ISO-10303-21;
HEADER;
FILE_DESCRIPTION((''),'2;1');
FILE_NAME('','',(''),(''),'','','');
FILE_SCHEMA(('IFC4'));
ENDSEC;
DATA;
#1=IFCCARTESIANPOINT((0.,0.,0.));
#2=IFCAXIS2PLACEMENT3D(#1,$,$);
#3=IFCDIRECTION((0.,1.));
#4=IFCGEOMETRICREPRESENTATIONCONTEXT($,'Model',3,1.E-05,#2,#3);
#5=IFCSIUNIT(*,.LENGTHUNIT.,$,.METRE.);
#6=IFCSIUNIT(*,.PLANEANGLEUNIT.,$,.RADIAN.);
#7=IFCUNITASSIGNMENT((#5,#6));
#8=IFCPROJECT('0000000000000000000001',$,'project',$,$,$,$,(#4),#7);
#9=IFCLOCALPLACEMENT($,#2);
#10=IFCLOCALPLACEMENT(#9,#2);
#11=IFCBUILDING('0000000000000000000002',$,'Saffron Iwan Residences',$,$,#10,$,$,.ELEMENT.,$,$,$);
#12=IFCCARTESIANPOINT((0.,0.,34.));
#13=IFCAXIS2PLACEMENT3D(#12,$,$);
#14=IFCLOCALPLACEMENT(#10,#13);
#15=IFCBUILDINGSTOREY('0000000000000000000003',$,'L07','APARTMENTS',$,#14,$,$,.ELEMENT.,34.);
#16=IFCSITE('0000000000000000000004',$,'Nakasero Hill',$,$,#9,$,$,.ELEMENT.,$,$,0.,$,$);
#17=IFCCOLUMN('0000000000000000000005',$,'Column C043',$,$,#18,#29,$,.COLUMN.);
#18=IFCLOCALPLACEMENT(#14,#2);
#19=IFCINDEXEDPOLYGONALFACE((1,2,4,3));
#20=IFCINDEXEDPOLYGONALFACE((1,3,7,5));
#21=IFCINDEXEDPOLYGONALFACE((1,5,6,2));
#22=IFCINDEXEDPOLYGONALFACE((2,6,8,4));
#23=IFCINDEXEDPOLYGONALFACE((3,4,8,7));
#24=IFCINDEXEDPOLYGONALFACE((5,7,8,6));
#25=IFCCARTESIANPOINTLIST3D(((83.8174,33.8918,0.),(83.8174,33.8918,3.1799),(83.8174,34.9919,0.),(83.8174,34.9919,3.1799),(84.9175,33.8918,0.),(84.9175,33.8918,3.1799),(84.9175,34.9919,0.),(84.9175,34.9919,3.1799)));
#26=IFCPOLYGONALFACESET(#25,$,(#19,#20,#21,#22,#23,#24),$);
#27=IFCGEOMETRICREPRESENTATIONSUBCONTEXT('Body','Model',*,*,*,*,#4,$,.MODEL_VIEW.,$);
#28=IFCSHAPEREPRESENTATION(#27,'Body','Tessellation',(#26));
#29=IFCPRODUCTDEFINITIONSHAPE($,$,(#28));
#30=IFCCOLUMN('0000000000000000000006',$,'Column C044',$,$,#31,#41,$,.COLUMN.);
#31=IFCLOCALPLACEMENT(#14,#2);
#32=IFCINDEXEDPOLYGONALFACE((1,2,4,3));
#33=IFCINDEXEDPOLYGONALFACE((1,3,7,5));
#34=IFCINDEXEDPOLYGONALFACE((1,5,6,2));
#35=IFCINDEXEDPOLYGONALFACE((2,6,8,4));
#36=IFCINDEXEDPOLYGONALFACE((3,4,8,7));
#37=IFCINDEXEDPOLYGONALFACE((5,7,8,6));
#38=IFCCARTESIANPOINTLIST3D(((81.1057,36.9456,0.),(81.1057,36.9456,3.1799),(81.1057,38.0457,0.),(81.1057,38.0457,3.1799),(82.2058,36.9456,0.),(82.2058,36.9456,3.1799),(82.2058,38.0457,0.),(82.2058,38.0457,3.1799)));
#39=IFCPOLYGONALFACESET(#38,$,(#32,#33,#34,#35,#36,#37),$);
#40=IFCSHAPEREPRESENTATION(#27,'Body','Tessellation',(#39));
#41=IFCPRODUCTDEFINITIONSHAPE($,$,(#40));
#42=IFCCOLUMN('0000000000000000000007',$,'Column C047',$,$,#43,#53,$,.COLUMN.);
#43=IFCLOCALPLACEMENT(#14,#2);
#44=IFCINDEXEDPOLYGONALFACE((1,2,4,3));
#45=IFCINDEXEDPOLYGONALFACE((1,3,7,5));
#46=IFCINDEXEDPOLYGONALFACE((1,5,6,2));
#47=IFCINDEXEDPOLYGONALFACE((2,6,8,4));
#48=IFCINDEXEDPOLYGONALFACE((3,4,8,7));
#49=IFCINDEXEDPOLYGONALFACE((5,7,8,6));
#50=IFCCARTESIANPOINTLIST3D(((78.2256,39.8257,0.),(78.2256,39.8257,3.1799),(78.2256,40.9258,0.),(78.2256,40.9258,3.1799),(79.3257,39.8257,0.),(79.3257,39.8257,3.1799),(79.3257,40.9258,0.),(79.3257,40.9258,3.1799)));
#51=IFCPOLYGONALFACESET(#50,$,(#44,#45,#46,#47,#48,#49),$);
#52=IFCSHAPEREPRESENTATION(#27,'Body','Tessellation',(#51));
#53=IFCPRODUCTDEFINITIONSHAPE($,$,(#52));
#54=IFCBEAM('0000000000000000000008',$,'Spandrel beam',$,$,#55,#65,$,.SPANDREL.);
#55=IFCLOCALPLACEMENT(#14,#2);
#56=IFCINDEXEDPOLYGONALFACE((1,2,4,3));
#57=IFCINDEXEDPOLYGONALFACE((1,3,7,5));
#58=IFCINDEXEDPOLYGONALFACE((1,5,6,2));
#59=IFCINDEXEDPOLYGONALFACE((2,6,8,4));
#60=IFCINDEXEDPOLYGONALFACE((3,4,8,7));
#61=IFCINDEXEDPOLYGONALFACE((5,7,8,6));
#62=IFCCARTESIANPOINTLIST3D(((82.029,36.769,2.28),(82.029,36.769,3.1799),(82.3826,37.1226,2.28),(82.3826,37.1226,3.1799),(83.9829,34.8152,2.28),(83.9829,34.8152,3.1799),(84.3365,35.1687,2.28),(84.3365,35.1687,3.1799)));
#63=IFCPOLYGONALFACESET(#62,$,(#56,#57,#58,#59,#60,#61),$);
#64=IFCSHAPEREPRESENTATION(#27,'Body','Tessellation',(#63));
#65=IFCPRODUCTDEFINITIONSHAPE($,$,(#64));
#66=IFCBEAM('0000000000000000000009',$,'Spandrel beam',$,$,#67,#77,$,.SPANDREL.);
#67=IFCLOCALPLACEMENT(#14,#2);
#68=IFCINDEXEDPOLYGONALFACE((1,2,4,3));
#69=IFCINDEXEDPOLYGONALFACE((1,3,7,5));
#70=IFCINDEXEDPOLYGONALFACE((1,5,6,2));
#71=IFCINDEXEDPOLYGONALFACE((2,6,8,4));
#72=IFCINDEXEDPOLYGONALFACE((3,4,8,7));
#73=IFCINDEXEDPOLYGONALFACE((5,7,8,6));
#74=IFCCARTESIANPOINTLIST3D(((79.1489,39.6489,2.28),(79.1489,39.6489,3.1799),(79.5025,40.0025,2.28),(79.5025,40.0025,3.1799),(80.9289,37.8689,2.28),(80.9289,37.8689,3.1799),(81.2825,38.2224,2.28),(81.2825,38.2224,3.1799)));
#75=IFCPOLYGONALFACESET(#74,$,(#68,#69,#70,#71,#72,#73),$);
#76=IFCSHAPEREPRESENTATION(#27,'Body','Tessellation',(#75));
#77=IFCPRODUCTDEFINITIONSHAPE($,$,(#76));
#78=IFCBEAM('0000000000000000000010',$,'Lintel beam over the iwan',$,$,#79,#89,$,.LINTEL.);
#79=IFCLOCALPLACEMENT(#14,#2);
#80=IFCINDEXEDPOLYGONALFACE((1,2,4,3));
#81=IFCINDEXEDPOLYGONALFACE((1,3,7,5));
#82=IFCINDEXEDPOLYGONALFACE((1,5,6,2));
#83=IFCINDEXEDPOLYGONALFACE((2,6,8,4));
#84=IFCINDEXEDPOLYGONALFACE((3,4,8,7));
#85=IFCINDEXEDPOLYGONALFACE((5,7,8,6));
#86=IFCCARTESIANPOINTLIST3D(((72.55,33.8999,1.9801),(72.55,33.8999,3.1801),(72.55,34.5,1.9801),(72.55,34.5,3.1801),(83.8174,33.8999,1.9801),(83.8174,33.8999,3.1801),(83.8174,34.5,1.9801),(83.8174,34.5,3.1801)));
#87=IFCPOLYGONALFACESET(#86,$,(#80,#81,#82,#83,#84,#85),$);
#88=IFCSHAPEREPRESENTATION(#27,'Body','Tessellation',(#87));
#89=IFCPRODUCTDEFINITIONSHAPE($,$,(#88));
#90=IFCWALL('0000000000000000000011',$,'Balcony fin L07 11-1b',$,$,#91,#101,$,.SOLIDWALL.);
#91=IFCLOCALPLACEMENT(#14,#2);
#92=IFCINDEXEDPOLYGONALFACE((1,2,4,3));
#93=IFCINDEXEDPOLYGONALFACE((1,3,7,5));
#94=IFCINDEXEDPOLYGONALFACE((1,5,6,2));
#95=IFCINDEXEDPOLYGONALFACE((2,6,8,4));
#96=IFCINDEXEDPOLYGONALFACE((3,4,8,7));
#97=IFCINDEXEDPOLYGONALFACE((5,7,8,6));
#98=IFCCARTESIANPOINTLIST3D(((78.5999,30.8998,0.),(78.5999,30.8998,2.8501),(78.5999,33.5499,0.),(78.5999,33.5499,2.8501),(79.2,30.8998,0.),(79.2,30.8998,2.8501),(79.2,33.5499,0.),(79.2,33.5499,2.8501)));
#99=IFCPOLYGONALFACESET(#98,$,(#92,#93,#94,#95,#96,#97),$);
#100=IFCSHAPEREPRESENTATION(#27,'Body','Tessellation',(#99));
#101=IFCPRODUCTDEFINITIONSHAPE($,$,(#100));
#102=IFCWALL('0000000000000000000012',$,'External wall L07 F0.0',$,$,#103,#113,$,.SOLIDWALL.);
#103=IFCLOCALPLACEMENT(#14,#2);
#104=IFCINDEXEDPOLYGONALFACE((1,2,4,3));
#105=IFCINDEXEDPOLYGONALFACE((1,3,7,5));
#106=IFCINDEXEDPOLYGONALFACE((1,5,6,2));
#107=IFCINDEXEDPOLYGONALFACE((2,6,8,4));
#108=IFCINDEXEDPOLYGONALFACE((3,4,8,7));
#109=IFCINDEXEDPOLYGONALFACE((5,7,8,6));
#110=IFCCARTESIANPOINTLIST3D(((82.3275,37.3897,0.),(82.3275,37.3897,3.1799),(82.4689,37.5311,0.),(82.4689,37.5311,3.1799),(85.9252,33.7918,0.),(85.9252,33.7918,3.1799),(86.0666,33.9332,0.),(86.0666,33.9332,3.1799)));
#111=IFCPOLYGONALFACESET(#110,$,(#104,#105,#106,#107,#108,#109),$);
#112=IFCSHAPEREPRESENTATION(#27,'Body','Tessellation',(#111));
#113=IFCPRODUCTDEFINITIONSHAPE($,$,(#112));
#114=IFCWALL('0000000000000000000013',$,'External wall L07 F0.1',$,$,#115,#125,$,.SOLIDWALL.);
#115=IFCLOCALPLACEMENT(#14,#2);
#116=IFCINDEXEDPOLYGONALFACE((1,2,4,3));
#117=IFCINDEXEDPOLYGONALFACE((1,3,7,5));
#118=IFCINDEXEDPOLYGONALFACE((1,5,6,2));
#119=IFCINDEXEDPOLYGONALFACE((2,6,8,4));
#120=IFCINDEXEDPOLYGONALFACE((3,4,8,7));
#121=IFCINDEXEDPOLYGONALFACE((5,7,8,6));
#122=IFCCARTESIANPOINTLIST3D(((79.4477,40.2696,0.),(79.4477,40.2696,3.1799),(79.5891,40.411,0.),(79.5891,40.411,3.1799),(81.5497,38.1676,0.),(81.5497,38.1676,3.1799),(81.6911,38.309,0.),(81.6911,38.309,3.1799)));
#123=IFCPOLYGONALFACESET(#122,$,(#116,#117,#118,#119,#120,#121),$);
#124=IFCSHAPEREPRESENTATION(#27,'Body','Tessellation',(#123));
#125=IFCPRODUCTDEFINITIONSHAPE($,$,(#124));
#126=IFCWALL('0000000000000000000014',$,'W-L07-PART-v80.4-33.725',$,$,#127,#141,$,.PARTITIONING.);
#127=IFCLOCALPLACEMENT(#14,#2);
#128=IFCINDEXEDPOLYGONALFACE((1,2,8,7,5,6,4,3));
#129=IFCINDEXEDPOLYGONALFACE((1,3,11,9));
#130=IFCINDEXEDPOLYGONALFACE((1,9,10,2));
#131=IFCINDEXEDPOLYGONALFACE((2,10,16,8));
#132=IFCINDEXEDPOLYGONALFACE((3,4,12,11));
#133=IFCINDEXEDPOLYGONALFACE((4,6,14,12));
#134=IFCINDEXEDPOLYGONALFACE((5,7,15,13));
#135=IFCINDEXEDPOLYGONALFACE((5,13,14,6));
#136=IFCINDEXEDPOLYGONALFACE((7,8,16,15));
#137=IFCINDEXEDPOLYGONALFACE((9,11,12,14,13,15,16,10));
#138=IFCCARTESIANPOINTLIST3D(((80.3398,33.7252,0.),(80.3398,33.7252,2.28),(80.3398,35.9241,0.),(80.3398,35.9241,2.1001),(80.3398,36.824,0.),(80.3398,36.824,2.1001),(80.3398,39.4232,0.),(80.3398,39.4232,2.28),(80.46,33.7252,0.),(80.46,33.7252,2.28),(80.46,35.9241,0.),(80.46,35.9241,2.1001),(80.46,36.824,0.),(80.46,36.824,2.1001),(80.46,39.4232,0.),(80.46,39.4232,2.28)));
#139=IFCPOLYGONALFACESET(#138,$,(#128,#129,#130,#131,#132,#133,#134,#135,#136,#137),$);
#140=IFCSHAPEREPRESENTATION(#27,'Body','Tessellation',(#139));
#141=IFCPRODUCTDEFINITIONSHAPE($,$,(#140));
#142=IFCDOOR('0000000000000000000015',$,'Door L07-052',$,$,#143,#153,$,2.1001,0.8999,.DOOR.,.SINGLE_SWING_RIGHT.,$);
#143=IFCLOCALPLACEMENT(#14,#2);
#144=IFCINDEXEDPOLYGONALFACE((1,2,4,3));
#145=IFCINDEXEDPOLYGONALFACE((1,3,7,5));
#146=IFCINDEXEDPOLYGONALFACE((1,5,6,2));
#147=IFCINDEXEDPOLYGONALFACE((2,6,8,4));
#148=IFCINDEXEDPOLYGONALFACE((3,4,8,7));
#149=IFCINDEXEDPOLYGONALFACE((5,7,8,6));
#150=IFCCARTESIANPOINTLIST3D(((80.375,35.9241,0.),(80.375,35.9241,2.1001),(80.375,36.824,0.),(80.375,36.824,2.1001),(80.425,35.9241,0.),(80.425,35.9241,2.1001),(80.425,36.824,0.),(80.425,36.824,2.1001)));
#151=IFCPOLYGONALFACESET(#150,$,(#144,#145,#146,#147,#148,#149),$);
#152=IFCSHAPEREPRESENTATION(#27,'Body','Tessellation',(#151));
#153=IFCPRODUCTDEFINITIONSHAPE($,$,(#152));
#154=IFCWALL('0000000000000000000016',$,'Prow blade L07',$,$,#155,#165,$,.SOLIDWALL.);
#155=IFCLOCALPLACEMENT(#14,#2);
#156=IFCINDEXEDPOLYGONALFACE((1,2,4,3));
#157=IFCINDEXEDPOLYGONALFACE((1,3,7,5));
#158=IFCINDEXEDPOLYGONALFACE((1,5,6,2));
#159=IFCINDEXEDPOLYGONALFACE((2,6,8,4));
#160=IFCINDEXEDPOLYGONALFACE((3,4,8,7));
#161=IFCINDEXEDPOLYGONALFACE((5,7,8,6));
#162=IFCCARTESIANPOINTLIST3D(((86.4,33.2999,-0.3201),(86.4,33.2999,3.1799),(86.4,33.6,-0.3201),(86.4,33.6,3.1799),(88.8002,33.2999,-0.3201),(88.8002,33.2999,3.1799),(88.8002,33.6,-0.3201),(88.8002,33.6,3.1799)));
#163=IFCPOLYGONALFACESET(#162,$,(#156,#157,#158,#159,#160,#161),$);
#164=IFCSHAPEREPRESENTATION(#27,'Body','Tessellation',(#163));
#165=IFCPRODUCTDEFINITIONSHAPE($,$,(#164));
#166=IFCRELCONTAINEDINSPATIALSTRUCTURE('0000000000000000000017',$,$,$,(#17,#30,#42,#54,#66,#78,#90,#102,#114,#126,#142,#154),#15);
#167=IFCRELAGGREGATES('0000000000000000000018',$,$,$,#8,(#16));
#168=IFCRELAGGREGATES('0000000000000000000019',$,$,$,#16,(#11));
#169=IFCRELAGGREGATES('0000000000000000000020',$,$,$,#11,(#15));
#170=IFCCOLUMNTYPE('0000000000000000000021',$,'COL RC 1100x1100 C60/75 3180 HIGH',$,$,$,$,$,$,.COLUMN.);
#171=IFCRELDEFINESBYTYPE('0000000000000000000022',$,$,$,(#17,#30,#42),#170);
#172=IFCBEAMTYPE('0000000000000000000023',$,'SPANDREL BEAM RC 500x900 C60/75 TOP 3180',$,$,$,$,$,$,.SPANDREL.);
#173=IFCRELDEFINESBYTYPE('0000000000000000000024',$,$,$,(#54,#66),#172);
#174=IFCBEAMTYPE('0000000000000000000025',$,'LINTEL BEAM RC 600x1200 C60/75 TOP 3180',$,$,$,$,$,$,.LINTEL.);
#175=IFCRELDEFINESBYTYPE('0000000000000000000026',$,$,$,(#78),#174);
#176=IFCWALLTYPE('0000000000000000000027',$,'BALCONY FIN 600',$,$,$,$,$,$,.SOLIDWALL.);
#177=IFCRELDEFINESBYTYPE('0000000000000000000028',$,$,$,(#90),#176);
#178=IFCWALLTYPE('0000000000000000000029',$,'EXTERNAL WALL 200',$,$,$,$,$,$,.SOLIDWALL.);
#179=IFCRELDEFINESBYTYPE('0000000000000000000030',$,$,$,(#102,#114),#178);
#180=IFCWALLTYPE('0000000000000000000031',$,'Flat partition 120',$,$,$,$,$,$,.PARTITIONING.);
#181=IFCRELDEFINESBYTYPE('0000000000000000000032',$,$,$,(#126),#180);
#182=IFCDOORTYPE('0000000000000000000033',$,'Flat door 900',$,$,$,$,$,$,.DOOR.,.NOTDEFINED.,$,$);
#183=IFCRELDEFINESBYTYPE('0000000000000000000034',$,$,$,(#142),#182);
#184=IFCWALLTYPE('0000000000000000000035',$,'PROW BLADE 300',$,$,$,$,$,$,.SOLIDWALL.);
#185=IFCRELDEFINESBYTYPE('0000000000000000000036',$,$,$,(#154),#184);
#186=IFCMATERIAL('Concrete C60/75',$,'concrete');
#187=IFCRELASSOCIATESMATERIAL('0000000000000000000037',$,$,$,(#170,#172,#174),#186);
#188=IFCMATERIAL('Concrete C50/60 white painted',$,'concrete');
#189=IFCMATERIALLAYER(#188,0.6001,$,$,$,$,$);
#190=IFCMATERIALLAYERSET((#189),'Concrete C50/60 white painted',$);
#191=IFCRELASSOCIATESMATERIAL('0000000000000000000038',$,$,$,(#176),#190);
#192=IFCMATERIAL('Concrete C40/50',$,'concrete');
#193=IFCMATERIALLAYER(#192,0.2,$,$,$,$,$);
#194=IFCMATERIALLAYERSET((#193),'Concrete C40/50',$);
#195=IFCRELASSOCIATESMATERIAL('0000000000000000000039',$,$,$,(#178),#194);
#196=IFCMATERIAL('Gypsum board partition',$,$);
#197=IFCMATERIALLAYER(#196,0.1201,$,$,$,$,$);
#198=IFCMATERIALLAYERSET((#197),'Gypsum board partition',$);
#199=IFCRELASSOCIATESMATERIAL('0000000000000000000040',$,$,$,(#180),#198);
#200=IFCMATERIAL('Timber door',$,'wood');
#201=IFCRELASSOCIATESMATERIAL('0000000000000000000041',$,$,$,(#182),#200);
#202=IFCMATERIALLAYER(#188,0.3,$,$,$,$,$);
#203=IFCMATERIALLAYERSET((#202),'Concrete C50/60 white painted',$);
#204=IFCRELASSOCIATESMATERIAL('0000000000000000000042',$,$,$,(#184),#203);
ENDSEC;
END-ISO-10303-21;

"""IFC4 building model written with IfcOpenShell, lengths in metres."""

from ifc_helpers import new_model, si_unit, direction, frame, frame_2d, origin, origin_2d, place, context, subcontext, project, spatial, rectangle, extrude, source, transform, mapped, material, layer, layer_set, material_profile, profile_set, type_object, element, fill, save


model = new_model("IFC4")

# Units and contexts
model_context = context("Model", 3, precision=1e-05, world=origin(), true_north=direction((0.0, 1.0)))
body_context = subcontext(model_context, "Body", "Model", "MODEL_VIEW")
ifc_project = project(units=[si_unit("LENGTHUNIT", "METRE"), si_unit("PLANEANGLEUNIT", "RADIAN")], contexts=[model_context])

# Site, building, storey
site_placement = place(None, origin())
site = spatial("IfcSite", under=ifc_project, at=site_placement, Name="Nakasero Hill", CompositionType="ELEMENT", RefElevation=0.0)
building_placement = place(site_placement, origin())
building = spatial("IfcBuilding", under=site, at=building_placement, Name="Saffron Iwan Residences", CompositionType="ELEMENT")
storey_placement = place(building_placement, frame((0.0, 0.0, 34.0)))
storey = spatial("IfcBuildingStorey", under=building, at=storey_placement, Name="L07", Description="APARTMENTS", CompositionType="ELEMENT", Elevation=34.0)

# Columns
ifc_material_1 = material(Name="Concrete C60/75", Category="concrete")
ifc_material_profile_1 = material_profile(ifc_material_1, rectangle(XDim=1.1001, YDim=1.1001, at=origin_2d()), Name="RC 1100x1100")
ifc_profile_set_1 = profile_set([ifc_material_profile_1], Name="Concrete C60/75")
column_type = type_object("IfcColumnType", Name="COL RC 1100x1100 C60/75 3180 HIGH", PredefinedType="COLUMN", material=ifc_profile_set_1)
shared_shape_1 = source(origin(), body_context, "Body", "SweptSolid", [
    extrude(rectangle(XDim=1.1001, YDim=1.1001, at=origin_2d()), origin(), (0.0, 0.0, 1.0), 3.1799),
])
for number, where, z_axis, x_axis, name in (
    (1, (84.3674, 34.4419, 0.0), (0.0, 0.0, 1.0), (1.0, 0.0, 0.0), "Column C043"),
    (2, (81.6558, 37.4956, 0.0), (0.0, 0.0, 1.0), (1.0, 0.0, 0.0), "Column C044"),
    (3, (78.7756, 40.3757, 0.0), (0.0, 0.0, 1.0), (1.0, 0.0, 0.0), "Column C047"),
):
    element("IfcColumn", number, at=place(storey_placement, frame(where, z_axis=z_axis, x_axis=x_axis)), inside=storey, type_object=column_type, Name=name, PredefinedType="COLUMN", context=body_context, shape_type="MappedRepresentation", body=[
        mapped(shared_shape_1, transform((0.0, 0.0, 0.0))),
    ])

# Beams
ifc_material_profile_2 = material_profile(ifc_material_1, rectangle(XDim=0.5, YDim=0.8999, at=origin_2d()), Name="RC 500x900")
ifc_profile_set_2 = profile_set([ifc_material_profile_2], Name="Concrete C60/75")
beam_type_1 = type_object("IfcBeamType", Name="SPANDREL BEAM RC 500x900 C60/75 TOP 3180", PredefinedType="SPANDREL", material=ifc_profile_set_2)
shared_shape_2 = source(origin(), body_context, "Body", "SweptSolid", [
    extrude(rectangle(XDim=0.5, YDim=0.8999, at=origin_2d()), origin(), (0.0, 0.0, 1.0), 2.7632),
])
beam_1_placement = place(storey_placement, frame((82.2058, 36.9458, 2.73), z_axis=(0.707107, -0.707107, 0.0), x_axis=(0.707107, 0.707107, 0.0)))
element("IfcBeam", 4, at=beam_1_placement, inside=storey, type_object=beam_type_1, Name="Spandrel beam", PredefinedType="SPANDREL", context=body_context, shape_type="MappedRepresentation", body=[
    mapped(shared_shape_2, transform((0.0, 0.0, 0.0))),
])
shared_shape_3 = source(origin(), body_context, "Body", "SweptSolid", [
    extrude(rectangle(XDim=0.5, YDim=0.8999, at=origin_2d()), origin(), (0.0, 0.0, 1.0), 2.5173),
])
beam_2_placement = place(storey_placement, frame((79.3257, 39.8257, 2.73), z_axis=(0.707107, -0.707107, 0.0), x_axis=(0.707107, 0.707107, 0.0)))
element("IfcBeam", 5, at=beam_2_placement, inside=storey, type_object=beam_type_1, Name="Spandrel beam", PredefinedType="SPANDREL", context=body_context, shape_type="MappedRepresentation", body=[
    mapped(shared_shape_3, transform((0.0, 0.0, 0.0))),
])
ifc_material_profile_3 = material_profile(ifc_material_1, rectangle(XDim=0.6001, YDim=1.2, at=origin_2d()), Name="RC 600x1200")
ifc_profile_set_3 = profile_set([ifc_material_profile_3], Name="Concrete C60/75")
beam_type_2 = type_object("IfcBeamType", Name="LINTEL BEAM RC 600x1200 C60/75 TOP 3180", PredefinedType="LINTEL", material=ifc_profile_set_3)
shared_shape_4 = source(origin(), body_context, "Body", "SweptSolid", [
    extrude(rectangle(XDim=0.6001, YDim=1.2, at=origin_2d()), origin(), (0.0, 0.0, 1.0), 11.2673),
])
beam_3_placement = place(storey_placement, frame((83.8174, 34.2, 2.5801), z_axis=(-1.0, 0.0, 0.0), x_axis=(0.0, -1.0, 0.0)))
element("IfcBeam", 6, at=beam_3_placement, inside=storey, type_object=beam_type_2, Name="Lintel beam over the iwan", PredefinedType="LINTEL", context=body_context, shape_type="MappedRepresentation", body=[
    mapped(shared_shape_4, transform((0.0, 0.0, 0.0))),
])

# Walls
ifc_material_2 = material(Name="Concrete C50/60 white painted", Category="concrete")
ifc_layer_1 = layer(ifc_material_2, 0.6001)
ifc_layer_set_1 = layer_set([ifc_layer_1], Name="Concrete C50/60 white painted")
wall_type_1 = type_object("IfcWallType", Name="BALCONY FIN 600", PredefinedType="SOLIDWALL", material=ifc_layer_set_1)
wall_1_placement = place(storey_placement, frame((78.8999, 33.55, 0.0), z_axis=(0.0, 0.0, 1.0), x_axis=(0.0, -1.0, 0.0)))
element("IfcWall", 7, at=wall_1_placement, inside=storey, type_object=wall_type_1, Name="Balcony fin L07 11-1b", PredefinedType="SOLIDWALL", context=body_context, shape_type="SweptSolid", body=[
    extrude(rectangle(XDim=2.6501, YDim=0.6001, at=frame_2d((1.3252, 0.0))), origin(), (0.0, 0.0, 1.0), 2.8501),
])
ifc_material_3 = material(Name="Concrete C40/50", Category="concrete")
ifc_layer_2 = layer(ifc_material_3, 0.2)
ifc_layer_set_2 = layer_set([ifc_layer_2], Name="Concrete C40/50")
wall_type_2 = type_object("IfcWallType", Name="EXTERNAL WALL 200", PredefinedType="SOLIDWALL", material=ifc_layer_set_2)
wall_2_placement = place(storey_placement, frame((85.9958, 33.8625, 0.0), z_axis=(0.0, 0.0, 1.0), x_axis=(-0.707083, 0.707131, 0.0)))
element("IfcWall", 8, at=wall_2_placement, inside=storey, type_object=wall_type_2, Name="External wall L07 F0.0", PredefinedType="SOLIDWALL", context=body_context, shape_type="SweptSolid", body=[
    extrude(rectangle(XDim=5.0881, YDim=0.2, at=frame_2d((2.5439, 0.0))), origin(), (0.0, 0.0, 1.0), 3.1799),
])
wall_3_placement = place(storey_placement, frame((81.6204, 38.2383, 0.0), z_axis=(0.0, 0.0, 1.0), x_axis=(-0.707107, 0.707107, 0.0)))
element("IfcWall", 9, at=wall_3_placement, inside=storey, type_object=wall_type_2, Name="External wall L07 F0.1", PredefinedType="SOLIDWALL", context=body_context, shape_type="SweptSolid", body=[
    extrude(rectangle(XDim=2.9727, YDim=0.2, at=frame_2d((1.4863, 0.0))), origin(), (0.0, 0.0, 1.0), 3.1799),
])

# Wall, opening, door
ifc_material_4 = material(Name="Gypsum board partition")
ifc_layer_3 = layer(ifc_material_4, 0.1201)
ifc_layer_set_3 = layer_set([ifc_layer_3], Name="Gypsum board partition")
wall_type_3 = type_object("IfcWallType", Name="Flat partition 120", PredefinedType="PARTITIONING", material=ifc_layer_set_3)
wall_4_placement = place(storey_placement, frame((80.3999, 33.7251, 0.0), z_axis=(0.0, 0.0, 1.0), x_axis=(0.0, 1.0, 0.0)))
wall_4 = element("IfcWall", 10, at=wall_4_placement, inside=storey, type_object=wall_type_3, Name="W-L07-PART-v80.4-33.725", PredefinedType="PARTITIONING", context=body_context, shape_type="SweptSolid", body=[
    extrude(rectangle(XDim=5.698, YDim=0.1201, at=frame_2d((2.8491, 0.0))), origin(), (0.0, 0.0, 1.0), 2.28),
])
opening_placement = place(wall_4_placement, frame((2.199, 0.0, 0.0)))
opening = element("IfcOpeningElement", 11, at=opening_placement, cuts=wall_4, PredefinedType="OPENING", context=body_context, shape_type="SweptSolid", body=[
    extrude(rectangle(XDim=0.8999, YDim=2.1001, at=frame_2d((0.45, 1.05))), frame((0.0, 0.0701, 0.0), z_axis=(0.0, -1.0, 0.0), x_axis=(1.0, 0.0, 0.0)), (0.0, 0.0, 1.0), 0.1401),
])
ifc_material_5 = material(Name="Timber door", Category="wood")
door_type = type_object("IfcDoorType", Name="Flat door 900", OperationType="NOTDEFINED", PredefinedType="DOOR", material=ifc_material_5)
door_placement = place(opening_placement, origin())
door = element("IfcDoor", 12, at=door_placement, inside=storey, type_object=door_type, Name="Door L07-052", OperationType="SINGLE_SWING_RIGHT", OverallHeight=2.1001, OverallWidth=0.8999, PredefinedType="DOOR", context=body_context, shape_type="SweptSolid", body=[
    extrude(rectangle(XDim=0.8999, YDim=2.1001, at=frame_2d((0.45, 1.05))), frame((0.0, 0.0249, 0.0), z_axis=(0.0, -1.0, 0.0), x_axis=(1.0, 0.0, 0.0)), (0.0, 0.0, 1.0), 0.05),
])
fill(opening, door)

# Wall
ifc_layer_4 = layer(ifc_material_2, 0.3)
ifc_layer_set_4 = layer_set([ifc_layer_4], Name="Concrete C50/60 white painted")
wall_type_4 = type_object("IfcWallType", Name="PROW BLADE 300", PredefinedType="SOLIDWALL", material=ifc_layer_set_4)
wall_5_placement = place(storey_placement, frame((86.3999, 33.45, -0.3201), z_axis=(0.0, 0.0, 1.0), x_axis=(1.0, 0.0, 0.0)))
element("IfcWall", 13, at=wall_5_placement, inside=storey, type_object=wall_type_4, Name="Prow blade L07", PredefinedType="SOLIDWALL", context=body_context, shape_type="SweptSolid", body=[
    extrude(rectangle(XDim=2.4001, YDim=0.3, at=frame_2d((1.2002, 0.0))), origin(), (0.0, 0.0, 1.0), 3.5),
])

save(model, "model.ifc")
